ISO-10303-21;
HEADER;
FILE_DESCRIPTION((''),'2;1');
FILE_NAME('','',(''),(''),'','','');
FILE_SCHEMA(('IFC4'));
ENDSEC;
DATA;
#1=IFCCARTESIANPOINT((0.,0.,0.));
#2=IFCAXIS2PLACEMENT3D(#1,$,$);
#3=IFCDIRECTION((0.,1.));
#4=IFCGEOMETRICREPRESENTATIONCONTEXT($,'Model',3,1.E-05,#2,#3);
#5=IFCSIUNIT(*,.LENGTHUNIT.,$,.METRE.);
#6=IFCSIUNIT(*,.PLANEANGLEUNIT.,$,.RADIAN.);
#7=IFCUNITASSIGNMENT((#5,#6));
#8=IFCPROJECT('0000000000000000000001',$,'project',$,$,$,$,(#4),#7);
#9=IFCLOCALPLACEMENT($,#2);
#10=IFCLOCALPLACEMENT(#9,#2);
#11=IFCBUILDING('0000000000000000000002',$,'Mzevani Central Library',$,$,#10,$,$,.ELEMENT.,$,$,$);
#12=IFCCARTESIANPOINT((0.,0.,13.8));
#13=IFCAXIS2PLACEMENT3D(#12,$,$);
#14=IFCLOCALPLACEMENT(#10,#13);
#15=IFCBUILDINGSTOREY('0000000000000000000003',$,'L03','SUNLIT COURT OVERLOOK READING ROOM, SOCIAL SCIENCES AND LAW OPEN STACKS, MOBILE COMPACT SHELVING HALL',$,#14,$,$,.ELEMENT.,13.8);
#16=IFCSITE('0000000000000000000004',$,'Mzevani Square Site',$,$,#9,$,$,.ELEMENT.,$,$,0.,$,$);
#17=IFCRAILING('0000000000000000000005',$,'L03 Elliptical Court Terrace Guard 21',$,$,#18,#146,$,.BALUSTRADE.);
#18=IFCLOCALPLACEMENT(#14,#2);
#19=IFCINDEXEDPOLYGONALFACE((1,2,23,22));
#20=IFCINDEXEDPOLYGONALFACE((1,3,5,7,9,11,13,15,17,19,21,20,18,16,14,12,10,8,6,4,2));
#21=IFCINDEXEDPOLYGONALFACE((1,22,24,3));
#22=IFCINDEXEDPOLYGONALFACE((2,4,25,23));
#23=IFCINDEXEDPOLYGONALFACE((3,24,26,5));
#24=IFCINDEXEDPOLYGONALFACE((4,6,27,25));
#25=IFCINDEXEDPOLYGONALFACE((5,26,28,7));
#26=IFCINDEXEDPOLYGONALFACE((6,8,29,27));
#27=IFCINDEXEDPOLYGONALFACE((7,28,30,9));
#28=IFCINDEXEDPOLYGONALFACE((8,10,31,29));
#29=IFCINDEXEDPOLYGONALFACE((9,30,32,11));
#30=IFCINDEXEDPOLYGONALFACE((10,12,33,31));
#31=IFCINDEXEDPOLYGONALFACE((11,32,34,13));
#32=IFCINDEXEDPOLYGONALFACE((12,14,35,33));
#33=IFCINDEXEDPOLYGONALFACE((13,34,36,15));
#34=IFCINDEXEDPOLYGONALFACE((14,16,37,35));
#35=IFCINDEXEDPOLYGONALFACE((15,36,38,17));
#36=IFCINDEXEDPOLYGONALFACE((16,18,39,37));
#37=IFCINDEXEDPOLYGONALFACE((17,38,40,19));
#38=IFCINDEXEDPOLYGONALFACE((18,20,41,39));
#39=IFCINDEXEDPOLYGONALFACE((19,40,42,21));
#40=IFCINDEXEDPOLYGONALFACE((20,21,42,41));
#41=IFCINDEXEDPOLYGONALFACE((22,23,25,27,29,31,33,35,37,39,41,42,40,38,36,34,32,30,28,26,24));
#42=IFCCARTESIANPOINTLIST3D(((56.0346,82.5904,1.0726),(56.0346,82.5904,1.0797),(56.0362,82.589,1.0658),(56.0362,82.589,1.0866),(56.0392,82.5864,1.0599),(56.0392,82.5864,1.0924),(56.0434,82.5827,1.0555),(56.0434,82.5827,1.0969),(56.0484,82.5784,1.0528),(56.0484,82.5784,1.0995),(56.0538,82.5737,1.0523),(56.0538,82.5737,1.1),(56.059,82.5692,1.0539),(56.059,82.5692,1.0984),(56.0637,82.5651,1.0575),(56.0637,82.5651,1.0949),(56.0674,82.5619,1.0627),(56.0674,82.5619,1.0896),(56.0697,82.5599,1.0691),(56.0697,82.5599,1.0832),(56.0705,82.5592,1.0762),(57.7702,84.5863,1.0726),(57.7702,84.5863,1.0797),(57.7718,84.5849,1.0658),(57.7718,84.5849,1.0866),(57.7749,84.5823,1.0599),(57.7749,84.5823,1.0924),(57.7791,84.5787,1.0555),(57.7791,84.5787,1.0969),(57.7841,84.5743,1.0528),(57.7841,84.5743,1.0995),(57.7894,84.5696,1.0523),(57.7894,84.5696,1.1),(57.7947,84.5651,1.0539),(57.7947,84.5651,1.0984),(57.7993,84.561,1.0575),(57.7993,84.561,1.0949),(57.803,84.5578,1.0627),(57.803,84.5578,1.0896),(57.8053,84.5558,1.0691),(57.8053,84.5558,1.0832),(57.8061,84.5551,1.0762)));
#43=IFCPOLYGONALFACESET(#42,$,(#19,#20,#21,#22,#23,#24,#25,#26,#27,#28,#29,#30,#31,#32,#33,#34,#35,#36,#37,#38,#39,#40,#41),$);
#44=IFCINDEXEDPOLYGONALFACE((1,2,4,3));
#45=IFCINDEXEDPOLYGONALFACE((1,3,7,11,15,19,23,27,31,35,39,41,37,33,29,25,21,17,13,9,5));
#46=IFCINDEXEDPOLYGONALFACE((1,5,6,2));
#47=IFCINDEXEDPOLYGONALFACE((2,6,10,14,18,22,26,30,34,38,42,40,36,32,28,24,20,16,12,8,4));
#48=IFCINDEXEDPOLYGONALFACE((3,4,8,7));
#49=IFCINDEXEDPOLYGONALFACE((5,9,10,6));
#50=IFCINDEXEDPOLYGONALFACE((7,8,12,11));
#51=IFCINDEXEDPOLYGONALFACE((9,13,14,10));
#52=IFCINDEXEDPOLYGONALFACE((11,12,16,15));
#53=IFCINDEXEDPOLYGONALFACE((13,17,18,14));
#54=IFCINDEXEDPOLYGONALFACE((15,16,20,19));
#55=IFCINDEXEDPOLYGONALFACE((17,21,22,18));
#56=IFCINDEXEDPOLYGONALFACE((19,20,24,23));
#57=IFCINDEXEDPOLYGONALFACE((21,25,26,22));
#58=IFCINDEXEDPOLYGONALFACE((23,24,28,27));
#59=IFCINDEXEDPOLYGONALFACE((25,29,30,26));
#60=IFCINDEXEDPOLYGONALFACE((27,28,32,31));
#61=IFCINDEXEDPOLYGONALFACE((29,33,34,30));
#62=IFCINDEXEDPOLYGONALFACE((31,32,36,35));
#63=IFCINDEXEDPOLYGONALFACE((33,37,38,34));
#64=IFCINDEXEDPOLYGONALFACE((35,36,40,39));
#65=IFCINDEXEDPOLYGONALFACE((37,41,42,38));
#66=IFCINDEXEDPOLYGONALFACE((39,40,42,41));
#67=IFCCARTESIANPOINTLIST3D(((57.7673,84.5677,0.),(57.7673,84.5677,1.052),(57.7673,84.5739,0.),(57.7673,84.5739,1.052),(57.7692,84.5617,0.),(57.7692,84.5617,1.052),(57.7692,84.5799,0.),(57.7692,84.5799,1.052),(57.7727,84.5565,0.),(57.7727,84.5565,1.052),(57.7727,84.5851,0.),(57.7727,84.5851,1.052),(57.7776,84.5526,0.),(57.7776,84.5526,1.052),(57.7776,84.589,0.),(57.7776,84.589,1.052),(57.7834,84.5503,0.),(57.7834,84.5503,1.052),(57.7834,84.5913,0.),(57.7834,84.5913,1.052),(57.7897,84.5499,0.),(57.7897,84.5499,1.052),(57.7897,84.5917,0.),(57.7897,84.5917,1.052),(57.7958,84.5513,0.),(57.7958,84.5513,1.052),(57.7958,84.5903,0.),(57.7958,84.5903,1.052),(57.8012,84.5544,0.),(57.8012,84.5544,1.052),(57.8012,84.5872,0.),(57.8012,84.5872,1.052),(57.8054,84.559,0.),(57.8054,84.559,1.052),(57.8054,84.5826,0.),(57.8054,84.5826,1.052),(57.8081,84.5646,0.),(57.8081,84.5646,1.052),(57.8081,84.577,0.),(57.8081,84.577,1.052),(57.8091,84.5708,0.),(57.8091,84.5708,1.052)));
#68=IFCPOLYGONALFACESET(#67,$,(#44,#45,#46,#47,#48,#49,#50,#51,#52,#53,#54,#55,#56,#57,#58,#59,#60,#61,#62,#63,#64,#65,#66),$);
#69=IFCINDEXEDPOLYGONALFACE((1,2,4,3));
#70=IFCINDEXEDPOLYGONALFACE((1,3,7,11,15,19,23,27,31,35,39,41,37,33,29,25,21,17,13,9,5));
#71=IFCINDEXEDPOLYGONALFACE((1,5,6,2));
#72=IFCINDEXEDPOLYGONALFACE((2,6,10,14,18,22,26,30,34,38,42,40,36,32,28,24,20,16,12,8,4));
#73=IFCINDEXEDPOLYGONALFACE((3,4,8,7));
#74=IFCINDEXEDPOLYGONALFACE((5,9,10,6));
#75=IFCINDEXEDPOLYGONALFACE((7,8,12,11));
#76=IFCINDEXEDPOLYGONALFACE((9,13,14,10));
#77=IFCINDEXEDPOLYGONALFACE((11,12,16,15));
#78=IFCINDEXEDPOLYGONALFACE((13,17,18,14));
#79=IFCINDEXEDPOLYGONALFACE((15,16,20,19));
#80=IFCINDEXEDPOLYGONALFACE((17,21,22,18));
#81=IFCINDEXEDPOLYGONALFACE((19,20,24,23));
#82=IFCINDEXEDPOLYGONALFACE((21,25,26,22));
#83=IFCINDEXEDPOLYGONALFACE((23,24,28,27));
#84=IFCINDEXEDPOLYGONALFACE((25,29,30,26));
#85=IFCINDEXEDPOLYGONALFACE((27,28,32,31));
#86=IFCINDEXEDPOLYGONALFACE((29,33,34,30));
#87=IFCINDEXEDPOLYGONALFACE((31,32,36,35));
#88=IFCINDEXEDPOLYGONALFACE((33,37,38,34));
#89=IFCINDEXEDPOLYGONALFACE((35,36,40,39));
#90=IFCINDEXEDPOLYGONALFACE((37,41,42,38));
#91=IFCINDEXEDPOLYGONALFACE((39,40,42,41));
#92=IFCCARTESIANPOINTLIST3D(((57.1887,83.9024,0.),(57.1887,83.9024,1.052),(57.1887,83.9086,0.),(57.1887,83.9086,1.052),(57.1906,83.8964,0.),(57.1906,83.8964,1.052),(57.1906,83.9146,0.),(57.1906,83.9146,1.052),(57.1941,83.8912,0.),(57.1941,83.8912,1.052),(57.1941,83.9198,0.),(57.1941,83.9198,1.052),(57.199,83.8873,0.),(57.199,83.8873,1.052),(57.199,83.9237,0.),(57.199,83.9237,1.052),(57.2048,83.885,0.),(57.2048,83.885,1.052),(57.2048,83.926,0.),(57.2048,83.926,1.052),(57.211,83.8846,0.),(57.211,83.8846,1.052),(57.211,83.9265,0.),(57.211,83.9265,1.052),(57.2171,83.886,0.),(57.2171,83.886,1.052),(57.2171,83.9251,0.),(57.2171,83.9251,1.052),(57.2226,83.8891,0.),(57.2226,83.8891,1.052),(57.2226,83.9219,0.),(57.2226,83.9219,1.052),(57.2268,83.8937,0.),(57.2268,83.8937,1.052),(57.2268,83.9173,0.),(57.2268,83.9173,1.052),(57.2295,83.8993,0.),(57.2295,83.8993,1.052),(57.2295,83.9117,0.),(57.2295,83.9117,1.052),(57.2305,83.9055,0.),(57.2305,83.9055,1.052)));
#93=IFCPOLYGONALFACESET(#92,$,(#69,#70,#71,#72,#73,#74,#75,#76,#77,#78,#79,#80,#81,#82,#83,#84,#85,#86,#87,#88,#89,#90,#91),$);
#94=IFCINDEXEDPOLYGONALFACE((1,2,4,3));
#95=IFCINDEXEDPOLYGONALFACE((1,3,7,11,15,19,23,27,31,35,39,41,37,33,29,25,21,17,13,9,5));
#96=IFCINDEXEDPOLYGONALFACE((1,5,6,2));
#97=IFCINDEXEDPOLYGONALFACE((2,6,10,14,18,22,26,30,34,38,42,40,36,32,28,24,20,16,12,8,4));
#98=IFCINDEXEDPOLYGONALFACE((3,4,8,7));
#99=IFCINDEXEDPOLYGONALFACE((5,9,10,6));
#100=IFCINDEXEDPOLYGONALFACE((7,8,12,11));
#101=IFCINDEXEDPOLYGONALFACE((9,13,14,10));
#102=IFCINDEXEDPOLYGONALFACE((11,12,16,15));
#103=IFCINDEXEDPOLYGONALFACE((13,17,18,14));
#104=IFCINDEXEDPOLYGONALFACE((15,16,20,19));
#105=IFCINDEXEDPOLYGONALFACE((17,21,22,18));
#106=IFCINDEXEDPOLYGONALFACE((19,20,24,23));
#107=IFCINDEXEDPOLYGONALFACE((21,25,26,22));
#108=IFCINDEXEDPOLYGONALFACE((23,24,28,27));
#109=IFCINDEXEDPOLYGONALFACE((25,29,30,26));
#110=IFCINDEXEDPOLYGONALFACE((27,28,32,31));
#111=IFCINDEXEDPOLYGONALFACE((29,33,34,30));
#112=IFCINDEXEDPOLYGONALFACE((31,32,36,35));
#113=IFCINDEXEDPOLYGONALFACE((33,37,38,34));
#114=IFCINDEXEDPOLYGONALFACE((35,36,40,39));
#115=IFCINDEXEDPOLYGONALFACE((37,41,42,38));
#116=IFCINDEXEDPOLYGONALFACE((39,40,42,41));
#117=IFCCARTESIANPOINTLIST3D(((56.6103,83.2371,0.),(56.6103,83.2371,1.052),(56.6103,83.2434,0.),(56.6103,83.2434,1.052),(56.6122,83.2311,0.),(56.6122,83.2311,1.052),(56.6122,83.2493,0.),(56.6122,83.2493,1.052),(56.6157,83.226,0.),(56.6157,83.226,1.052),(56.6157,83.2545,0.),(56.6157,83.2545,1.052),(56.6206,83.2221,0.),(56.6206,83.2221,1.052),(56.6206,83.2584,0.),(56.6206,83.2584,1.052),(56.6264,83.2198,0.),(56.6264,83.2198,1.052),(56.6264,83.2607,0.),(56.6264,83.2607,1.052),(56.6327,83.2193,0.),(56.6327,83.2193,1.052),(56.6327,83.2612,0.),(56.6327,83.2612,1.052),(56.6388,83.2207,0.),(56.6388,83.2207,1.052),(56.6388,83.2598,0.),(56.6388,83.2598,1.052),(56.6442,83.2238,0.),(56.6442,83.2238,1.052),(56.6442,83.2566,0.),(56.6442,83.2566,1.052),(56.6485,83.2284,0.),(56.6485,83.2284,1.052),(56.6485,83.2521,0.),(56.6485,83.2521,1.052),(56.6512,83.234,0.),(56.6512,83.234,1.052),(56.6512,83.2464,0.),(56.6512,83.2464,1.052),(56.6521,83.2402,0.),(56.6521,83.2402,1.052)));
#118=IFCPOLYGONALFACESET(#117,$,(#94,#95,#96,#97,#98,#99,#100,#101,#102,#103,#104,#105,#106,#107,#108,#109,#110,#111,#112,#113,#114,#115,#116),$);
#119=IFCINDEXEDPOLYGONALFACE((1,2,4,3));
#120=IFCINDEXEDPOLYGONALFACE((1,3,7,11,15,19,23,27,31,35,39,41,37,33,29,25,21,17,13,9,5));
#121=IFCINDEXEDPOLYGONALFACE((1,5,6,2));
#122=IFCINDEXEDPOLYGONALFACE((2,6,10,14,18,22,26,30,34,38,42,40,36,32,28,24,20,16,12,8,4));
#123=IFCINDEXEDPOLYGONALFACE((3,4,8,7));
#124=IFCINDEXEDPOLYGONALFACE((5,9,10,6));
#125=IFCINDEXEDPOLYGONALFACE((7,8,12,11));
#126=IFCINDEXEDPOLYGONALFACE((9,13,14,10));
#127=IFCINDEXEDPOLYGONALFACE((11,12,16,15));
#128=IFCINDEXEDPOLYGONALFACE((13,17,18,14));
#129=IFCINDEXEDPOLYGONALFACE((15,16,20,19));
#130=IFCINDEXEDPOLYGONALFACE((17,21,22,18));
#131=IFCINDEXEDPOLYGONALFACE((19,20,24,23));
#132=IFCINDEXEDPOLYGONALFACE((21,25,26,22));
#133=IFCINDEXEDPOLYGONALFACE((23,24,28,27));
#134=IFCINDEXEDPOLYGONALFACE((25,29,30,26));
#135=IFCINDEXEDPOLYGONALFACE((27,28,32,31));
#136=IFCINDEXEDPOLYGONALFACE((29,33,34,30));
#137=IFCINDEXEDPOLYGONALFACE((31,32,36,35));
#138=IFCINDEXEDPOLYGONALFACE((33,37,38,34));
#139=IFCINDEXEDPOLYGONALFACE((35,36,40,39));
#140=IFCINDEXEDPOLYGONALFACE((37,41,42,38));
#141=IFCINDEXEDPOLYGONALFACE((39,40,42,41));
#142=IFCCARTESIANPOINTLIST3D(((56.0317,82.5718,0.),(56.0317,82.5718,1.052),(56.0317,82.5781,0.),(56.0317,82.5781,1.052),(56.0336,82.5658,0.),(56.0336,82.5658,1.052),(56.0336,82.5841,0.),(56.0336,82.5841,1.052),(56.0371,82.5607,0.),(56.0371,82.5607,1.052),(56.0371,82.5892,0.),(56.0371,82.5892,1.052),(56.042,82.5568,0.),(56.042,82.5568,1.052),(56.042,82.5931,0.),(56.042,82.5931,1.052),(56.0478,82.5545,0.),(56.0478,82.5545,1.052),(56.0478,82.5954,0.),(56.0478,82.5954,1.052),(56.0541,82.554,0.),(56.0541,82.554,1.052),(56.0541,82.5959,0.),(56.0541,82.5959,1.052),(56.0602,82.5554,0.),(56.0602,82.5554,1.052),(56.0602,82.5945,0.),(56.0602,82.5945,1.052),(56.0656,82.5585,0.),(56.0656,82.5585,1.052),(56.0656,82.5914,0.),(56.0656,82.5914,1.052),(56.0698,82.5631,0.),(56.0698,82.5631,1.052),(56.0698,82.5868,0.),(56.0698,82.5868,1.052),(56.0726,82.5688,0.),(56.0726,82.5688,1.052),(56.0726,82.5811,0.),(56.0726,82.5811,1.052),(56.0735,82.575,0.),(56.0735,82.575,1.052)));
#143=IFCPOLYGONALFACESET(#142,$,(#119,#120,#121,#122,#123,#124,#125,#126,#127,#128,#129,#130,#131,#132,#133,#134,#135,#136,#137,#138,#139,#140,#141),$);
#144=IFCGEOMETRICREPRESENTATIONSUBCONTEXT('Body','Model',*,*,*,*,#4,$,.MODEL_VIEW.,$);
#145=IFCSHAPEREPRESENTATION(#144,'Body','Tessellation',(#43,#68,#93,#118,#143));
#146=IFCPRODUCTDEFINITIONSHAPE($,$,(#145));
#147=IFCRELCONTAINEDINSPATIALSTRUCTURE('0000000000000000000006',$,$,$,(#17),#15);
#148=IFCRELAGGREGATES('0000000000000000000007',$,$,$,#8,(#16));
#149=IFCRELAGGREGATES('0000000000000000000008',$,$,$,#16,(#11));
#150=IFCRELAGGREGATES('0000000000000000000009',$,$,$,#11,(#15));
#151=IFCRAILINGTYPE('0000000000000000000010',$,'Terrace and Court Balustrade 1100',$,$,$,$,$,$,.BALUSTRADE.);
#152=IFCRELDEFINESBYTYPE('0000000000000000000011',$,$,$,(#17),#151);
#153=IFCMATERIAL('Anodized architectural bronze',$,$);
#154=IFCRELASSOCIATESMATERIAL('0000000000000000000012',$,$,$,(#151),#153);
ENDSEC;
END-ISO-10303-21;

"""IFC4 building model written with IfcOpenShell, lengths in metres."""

from ifc_helpers import new_model, si_unit, direction, frame, origin, origin_2d, place, context, subcontext, project, spatial, circle, extrude, material, type_object, element, save


model = new_model("IFC4")

# Units and contexts
model_context = context("Model", 3, precision=1e-05, world=origin(), true_north=direction((0.0, 1.0)))
body_context = subcontext(model_context, "Body", "Model", "MODEL_VIEW")
ifc_project = project(units=[si_unit("LENGTHUNIT", "METRE"), si_unit("PLANEANGLEUNIT", "RADIAN")], contexts=[model_context])

# Site, building, storey
site_placement = place(None, origin())
site = spatial("IfcSite", under=ifc_project, at=site_placement, Name="Mzevani Square Site", CompositionType="ELEMENT", RefElevation=0.0)
building_placement = place(site_placement, origin())
building = spatial("IfcBuilding", under=site, at=building_placement, Name="Mzevani Central Library", CompositionType="ELEMENT")
storey_placement = place(building_placement, frame((0.0, 0.0, 13.8)))
storey = spatial("IfcBuildingStorey", under=building, at=storey_placement, Name="L03", Description="SUNLIT COURT OVERLOOK READING ROOM, SOCIAL SCIENCES AND LAW OPEN STACKS, MOBILE COMPACT SHELVING HALL", CompositionType="ELEMENT", Elevation=13.8)

# Railing
ifc_material_1 = material(Name="Anodized architectural bronze")
railing_type = type_object("IfcRailingType", Name="Terrace and Court Balustrade 1100", PredefinedType="BALUSTRADE", material=ifc_material_1)
railing_1_placement = place(storey_placement, frame((57.7881, 84.5708, 0.0)))
element("IfcRailing", 1, at=railing_1_placement, inside=storey, type_object=railing_type, Name="L03 Elliptical Court Terrace Guard 21", PredefinedType="BALUSTRADE", context=body_context, shape_type="SweptSolid", body=[
    extrude(circle(Radius=0.0239, at=origin_2d()), frame((0.0, 0.0, 1.0762), z_axis=(-0.656195, -0.754592, 0.0), x_axis=(0.754592, -0.656195, 0.0)), (0.0, 0.0, 1.0), 2.645),
    extrude(circle(Radius=0.021, at=origin_2d()), origin(), (0.0, 0.0, 1.0), 1.052),
    extrude(circle(Radius=0.021, at=origin_2d()), frame((-0.5786, -0.6653, 0.0)), (0.0, 0.0, 1.0), 1.052),
    extrude(circle(Radius=0.021, at=origin_2d()), frame((-1.157, -1.3306, 0.0)), (0.0, 0.0, 1.0), 1.052),
    extrude(circle(Radius=0.021, at=origin_2d()), frame((-1.7356, -1.9958, 0.0)), (0.0, 0.0, 1.0), 1.052),
])

save(model, "model.ifc")
